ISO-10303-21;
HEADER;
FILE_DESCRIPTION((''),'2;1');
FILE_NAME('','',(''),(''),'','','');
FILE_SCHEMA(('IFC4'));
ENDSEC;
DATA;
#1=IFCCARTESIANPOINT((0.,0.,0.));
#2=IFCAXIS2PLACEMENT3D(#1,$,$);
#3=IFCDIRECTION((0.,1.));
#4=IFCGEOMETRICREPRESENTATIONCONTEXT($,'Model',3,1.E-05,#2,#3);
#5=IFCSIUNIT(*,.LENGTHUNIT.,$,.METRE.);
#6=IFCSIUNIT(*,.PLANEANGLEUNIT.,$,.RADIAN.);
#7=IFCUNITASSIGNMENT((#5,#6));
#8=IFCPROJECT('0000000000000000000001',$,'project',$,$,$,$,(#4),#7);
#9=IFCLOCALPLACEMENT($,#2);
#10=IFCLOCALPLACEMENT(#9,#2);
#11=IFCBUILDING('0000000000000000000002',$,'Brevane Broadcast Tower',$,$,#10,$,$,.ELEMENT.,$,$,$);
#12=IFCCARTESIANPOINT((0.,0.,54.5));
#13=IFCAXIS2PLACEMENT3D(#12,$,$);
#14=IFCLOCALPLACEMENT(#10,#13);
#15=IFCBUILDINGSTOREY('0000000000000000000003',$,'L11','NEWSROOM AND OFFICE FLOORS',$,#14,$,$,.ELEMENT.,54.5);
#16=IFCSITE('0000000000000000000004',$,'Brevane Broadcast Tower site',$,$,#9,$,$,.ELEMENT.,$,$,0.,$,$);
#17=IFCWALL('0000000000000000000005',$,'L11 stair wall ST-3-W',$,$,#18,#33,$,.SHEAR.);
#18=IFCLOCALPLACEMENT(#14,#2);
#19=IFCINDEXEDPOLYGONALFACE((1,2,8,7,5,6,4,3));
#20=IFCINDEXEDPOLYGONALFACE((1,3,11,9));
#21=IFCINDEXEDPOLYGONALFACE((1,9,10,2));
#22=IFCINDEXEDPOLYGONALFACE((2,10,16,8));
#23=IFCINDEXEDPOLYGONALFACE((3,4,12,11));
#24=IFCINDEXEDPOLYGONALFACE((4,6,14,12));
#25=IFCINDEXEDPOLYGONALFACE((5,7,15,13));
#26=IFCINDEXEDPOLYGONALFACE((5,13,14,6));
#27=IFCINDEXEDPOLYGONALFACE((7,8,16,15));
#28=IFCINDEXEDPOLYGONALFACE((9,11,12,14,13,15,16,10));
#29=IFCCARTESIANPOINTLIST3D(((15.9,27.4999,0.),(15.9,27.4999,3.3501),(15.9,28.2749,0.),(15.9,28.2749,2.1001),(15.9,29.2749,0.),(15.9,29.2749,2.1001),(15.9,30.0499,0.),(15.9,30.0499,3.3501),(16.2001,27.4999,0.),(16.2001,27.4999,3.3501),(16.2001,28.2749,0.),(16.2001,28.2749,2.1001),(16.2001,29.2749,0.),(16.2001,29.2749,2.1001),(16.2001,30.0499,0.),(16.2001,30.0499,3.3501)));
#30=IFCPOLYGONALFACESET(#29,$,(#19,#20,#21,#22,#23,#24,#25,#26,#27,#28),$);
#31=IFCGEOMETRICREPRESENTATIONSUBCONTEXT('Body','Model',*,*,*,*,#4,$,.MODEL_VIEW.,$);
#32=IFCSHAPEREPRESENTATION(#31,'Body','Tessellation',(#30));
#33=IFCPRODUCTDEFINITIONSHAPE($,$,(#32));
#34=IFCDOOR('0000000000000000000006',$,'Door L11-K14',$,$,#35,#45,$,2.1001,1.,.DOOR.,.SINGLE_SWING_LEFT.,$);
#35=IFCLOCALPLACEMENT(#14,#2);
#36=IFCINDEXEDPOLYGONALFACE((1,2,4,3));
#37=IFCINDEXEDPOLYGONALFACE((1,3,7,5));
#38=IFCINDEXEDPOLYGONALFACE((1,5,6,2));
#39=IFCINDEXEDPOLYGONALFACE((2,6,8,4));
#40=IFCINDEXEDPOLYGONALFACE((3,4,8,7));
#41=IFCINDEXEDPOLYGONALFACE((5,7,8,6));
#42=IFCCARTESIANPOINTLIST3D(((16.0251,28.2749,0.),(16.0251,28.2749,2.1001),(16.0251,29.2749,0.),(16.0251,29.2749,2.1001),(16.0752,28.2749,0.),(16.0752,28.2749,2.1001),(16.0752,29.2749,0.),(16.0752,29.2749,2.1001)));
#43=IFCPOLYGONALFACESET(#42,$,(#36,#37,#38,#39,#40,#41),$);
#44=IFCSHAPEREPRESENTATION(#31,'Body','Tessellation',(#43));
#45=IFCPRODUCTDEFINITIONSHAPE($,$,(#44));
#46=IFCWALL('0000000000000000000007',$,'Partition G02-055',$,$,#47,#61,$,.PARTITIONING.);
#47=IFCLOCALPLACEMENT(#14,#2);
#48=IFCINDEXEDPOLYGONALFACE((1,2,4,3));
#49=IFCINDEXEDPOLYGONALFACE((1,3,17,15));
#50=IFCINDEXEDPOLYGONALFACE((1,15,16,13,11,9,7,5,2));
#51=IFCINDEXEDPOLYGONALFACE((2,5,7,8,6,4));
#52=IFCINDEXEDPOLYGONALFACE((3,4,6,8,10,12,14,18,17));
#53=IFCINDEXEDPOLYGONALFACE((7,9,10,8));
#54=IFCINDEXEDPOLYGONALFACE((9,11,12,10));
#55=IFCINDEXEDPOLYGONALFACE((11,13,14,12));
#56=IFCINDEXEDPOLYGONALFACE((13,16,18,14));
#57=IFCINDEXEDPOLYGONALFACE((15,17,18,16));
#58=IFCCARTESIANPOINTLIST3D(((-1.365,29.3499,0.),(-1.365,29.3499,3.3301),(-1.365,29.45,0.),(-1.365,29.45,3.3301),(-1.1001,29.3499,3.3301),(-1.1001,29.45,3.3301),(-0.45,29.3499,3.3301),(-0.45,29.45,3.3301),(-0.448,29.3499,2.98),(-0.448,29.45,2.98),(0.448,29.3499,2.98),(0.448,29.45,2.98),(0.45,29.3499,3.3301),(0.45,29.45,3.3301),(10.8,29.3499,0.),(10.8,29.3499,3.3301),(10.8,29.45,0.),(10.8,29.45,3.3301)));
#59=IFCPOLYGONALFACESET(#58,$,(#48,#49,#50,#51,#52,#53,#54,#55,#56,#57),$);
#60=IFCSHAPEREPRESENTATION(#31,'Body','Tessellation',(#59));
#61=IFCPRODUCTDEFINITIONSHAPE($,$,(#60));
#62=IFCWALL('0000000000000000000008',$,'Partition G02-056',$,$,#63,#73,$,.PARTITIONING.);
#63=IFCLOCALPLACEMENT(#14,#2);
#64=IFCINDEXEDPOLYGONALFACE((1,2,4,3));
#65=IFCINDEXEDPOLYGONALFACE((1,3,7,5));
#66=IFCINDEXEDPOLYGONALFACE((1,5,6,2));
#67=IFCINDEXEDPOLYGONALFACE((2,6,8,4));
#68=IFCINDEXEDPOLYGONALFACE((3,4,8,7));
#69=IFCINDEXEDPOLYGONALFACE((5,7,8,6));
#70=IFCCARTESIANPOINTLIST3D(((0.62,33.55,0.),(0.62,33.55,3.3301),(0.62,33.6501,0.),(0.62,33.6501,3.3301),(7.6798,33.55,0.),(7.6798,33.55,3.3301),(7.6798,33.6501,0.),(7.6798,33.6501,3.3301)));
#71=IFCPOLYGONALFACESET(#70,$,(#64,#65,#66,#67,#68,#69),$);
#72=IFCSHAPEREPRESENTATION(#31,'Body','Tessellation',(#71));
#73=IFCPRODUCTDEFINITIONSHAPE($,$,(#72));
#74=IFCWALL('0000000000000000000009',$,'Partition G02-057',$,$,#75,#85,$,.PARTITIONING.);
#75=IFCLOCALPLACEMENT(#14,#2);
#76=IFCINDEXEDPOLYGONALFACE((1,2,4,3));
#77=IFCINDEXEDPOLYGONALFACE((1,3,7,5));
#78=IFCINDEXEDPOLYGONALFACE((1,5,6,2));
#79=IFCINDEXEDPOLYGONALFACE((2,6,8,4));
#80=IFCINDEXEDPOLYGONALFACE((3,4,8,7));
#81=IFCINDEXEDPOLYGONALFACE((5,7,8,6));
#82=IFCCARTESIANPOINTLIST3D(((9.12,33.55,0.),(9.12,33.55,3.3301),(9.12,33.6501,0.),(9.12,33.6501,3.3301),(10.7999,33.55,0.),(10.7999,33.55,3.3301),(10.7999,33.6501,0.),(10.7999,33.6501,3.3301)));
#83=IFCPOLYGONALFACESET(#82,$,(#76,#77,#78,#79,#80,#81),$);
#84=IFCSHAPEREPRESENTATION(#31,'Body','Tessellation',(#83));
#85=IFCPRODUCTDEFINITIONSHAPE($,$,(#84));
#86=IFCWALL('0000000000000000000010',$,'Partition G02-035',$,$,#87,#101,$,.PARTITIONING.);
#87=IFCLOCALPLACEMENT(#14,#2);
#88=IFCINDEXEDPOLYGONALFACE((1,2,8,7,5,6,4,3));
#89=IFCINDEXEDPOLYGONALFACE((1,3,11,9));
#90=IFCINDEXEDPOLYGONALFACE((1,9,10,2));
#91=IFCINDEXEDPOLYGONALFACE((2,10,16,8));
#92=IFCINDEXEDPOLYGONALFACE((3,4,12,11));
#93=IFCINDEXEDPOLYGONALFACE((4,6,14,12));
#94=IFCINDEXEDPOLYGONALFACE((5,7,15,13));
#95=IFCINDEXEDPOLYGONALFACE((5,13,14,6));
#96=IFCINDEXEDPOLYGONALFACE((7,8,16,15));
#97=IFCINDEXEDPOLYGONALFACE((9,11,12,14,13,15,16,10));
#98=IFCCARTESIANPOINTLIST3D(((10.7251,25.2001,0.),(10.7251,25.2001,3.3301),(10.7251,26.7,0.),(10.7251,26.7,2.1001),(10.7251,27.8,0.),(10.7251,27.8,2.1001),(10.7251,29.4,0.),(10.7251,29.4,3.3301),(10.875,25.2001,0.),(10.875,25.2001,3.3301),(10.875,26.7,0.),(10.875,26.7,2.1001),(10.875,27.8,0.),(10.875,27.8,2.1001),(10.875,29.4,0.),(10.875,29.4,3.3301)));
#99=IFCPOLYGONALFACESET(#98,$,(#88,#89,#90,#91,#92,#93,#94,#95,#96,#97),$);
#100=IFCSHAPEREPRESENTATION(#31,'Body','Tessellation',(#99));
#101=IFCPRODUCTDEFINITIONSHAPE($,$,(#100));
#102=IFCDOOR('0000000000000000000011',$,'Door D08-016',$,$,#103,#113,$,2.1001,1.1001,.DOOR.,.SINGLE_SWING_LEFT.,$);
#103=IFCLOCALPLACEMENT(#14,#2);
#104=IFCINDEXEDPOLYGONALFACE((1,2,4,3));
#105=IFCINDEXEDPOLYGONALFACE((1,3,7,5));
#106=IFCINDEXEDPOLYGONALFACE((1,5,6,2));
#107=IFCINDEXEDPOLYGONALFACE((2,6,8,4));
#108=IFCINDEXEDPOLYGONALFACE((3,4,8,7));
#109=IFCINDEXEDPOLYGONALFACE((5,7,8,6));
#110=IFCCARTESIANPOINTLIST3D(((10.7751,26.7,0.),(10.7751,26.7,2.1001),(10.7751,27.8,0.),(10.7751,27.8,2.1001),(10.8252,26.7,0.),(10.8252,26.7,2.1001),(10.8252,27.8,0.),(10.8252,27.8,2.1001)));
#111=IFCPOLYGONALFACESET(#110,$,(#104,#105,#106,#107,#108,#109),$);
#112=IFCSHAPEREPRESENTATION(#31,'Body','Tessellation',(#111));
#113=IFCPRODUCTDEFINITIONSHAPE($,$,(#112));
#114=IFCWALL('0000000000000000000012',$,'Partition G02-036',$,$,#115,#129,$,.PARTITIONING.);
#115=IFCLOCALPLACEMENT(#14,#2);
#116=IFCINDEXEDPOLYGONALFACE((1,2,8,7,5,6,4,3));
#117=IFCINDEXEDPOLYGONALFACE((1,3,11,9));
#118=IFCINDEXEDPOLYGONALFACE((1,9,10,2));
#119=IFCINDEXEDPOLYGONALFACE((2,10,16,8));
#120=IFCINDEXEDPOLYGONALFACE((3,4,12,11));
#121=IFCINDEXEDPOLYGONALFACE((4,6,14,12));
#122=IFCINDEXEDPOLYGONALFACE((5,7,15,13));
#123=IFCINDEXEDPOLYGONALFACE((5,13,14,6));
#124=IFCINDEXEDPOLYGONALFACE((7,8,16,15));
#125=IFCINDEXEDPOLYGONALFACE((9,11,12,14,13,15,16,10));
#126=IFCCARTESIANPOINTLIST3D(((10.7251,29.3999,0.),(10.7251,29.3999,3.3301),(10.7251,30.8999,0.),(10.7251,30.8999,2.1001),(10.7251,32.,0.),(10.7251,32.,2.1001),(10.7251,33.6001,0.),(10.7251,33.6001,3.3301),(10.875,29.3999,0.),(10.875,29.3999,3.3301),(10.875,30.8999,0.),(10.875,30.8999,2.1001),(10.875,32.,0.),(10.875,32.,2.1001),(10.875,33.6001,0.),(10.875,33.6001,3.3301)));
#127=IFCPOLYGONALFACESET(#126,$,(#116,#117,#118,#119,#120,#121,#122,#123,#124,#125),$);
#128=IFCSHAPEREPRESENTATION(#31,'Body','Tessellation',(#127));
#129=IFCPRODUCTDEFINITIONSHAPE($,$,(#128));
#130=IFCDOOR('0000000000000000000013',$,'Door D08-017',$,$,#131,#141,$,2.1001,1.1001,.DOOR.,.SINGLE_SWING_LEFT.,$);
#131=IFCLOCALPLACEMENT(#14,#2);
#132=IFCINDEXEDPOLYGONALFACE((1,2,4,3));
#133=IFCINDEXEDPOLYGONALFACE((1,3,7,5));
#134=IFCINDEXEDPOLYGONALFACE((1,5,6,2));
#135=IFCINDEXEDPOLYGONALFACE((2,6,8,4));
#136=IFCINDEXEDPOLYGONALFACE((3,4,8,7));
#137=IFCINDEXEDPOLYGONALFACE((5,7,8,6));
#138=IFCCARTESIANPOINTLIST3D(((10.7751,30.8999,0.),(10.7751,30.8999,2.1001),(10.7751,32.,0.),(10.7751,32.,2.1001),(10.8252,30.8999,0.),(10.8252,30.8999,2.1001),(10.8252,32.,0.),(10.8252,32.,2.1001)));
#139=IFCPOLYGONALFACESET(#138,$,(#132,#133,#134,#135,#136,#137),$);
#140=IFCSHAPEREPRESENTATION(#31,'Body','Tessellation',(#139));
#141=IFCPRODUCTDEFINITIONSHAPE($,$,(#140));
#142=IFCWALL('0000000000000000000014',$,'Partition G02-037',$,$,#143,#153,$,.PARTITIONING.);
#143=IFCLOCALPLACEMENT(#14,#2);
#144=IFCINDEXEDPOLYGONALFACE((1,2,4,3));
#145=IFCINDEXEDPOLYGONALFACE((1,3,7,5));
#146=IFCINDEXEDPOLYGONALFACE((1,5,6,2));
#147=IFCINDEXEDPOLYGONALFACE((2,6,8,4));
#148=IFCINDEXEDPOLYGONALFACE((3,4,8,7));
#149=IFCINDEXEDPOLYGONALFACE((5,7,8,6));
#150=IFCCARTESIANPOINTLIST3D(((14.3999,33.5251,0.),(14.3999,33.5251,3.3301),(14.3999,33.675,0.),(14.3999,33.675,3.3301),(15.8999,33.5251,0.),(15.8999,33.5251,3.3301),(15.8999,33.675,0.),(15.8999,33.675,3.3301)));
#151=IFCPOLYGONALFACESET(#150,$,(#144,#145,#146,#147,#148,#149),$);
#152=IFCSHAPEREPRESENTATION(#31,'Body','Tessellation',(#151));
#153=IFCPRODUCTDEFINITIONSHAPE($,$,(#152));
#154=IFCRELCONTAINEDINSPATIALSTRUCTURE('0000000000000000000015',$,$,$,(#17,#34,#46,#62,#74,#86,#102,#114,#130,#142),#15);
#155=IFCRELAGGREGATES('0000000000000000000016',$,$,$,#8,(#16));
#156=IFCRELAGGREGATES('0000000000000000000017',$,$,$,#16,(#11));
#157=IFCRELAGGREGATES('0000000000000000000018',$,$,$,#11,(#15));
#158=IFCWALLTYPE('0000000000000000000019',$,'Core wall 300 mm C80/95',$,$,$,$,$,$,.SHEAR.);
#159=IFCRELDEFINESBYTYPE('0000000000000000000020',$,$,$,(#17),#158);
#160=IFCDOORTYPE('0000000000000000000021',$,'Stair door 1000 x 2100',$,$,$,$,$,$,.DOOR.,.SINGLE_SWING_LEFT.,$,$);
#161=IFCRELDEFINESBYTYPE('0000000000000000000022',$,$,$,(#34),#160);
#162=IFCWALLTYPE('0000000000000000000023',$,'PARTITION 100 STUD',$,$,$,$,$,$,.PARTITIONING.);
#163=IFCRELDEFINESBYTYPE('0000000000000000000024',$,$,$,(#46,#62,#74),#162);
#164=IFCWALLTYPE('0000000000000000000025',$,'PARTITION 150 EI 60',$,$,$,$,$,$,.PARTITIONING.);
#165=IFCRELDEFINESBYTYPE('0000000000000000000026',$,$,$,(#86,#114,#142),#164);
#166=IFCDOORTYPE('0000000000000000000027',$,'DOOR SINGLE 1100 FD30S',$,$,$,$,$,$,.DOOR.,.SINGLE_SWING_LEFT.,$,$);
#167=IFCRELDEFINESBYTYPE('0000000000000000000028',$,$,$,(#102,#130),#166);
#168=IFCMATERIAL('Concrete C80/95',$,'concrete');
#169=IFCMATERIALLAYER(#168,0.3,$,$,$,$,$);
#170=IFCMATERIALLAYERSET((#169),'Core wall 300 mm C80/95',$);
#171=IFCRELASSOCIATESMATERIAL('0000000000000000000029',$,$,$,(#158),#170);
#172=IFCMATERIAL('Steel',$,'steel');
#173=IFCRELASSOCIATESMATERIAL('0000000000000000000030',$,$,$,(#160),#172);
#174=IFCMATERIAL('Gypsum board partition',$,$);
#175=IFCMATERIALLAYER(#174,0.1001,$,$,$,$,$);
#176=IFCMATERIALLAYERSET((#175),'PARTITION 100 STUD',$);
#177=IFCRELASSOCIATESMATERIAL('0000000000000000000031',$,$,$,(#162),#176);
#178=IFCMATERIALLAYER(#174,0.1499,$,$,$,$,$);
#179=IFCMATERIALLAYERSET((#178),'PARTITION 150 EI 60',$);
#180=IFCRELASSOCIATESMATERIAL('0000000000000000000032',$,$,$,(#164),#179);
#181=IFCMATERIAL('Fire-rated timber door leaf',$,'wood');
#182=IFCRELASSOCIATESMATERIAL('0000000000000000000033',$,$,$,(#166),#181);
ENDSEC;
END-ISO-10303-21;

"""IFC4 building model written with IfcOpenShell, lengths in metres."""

from ifc_helpers import new_model, si_unit, direction, frame, frame_2d, origin, place, context, subcontext, project, spatial, polyline, rectangle, outline, extrude, material, layer, layer_set, type_object, element, fill, save


model = new_model("IFC4")

# Units and contexts
model_context = context("Model", 3, precision=1e-05, world=origin(), true_north=direction((0.0, 1.0)))
body_context = subcontext(model_context, "Body", "Model", "MODEL_VIEW")
ifc_project = project(units=[si_unit("LENGTHUNIT", "METRE"), si_unit("PLANEANGLEUNIT", "RADIAN")], contexts=[model_context])

# Site, building, storey
site_placement = place(None, origin())
site = spatial("IfcSite", under=ifc_project, at=site_placement, Name="Brevane Broadcast Tower site", CompositionType="ELEMENT", RefElevation=0.0)
building_placement = place(site_placement, origin())
building = spatial("IfcBuilding", under=site, at=building_placement, Name="Brevane Broadcast Tower", CompositionType="ELEMENT")
storey_placement = place(building_placement, frame((0.0, 0.0, 54.5)))
storey = spatial("IfcBuildingStorey", under=building, at=storey_placement, Name="L11", Description="NEWSROOM AND OFFICE FLOORS", CompositionType="ELEMENT", Elevation=54.5)

# Shared definitions
ifc_material_1 = material(Name="Concrete C80/95", Category="concrete")

# Shared definitions
ifc_layer_1 = layer(ifc_material_1, 0.3)
ifc_layer_set_1 = layer_set([ifc_layer_1], Name="Core wall 300 mm C80/95")
wall_type_1 = type_object("IfcWallType", Name="Core wall 300 mm C80/95", PredefinedType="SHEAR", material=ifc_layer_set_1)
ifc_material_2 = material(Name="Steel", Category="steel")
door_type_1 = type_object("IfcDoorType", Name="Stair door 1000 x 2100", OperationType="SINGLE_SWING_LEFT", PredefinedType="DOOR", material=ifc_material_2)

# Wall, opening, door
wall_1_placement = place(storey_placement, frame((16.05, 27.5, 0.0), z_axis=(0.0, 0.0, 1.0), x_axis=(0.0, 1.0, 0.0)))
wall_1 = element("IfcWall", 1, at=wall_1_placement, inside=storey, type_object=wall_type_1, Name="L11 stair wall ST-3-W", PredefinedType="SHEAR", context=body_context, shape_type="SweptSolid", body=[
    extrude(rectangle(XDim=2.55, YDim=0.3, at=frame_2d((1.2749, 0.0))), origin(), (0.0, 0.0, 1.0), 3.3501),
])
opening_1_placement = place(wall_1_placement, frame((0.7749, 0.0, 0.0)))
opening_1 = element("IfcOpeningElement", 2, at=opening_1_placement, cuts=wall_1, PredefinedType="OPENING", context=body_context, shape_type="SweptSolid", body=[
    extrude(rectangle(XDim=1.0, YDim=2.1001, at=frame_2d((0.5, 1.05))), frame((0.0, 0.1599, 0.0), z_axis=(0.0, -1.0, 0.0), x_axis=(1.0, 0.0, 0.0)), (0.0, 0.0, 1.0), 0.3201),
])
door_1_placement = place(opening_1_placement, origin())
door_1 = element("IfcDoor", 3, at=door_1_placement, inside=storey, type_object=door_type_1, Name="Door L11-K14", OperationType="SINGLE_SWING_LEFT", OverallHeight=2.1001, OverallWidth=1.0, PredefinedType="DOOR", context=body_context, shape_type="SweptSolid", body=[
    extrude(rectangle(XDim=1.0, YDim=2.1001, at=frame_2d((0.5, 1.05))), frame((0.0, 0.0249, 0.0), z_axis=(0.0, -1.0, 0.0), x_axis=(1.0, 0.0, 0.0)), (0.0, 0.0, 1.0), 0.05),
])
fill(opening_1, door_1)

# Walls
ifc_material_3 = material(Name="Gypsum board partition")
ifc_layer_2 = layer(ifc_material_3, 0.1001)
ifc_layer_set_2 = layer_set([ifc_layer_2], Name="PARTITION 100 STUD")
wall_type_2 = type_object("IfcWallType", Name="PARTITION 100 STUD", PredefinedType="PARTITIONING", material=ifc_layer_set_2)
wall_2_placement = place(storey_placement, frame((-1.365, 29.3999, 0.0), z_axis=(0.0, 0.0, 1.0), x_axis=(1.0, 0.0, 0.0)))
element("IfcWall", 4, at=wall_2_placement, inside=storey, type_object=wall_type_2, Name="Partition G02-055", PredefinedType="PARTITIONING", context=body_context, shape_type="SweptSolid", body=[
    extrude(outline(polyline([(0.0, 0.0), (12.165, 0.0), (12.165, 3.3301), (1.8149, 3.3301), (1.813, 2.98), (0.917, 2.98), (0.915, 3.3301), (0.2649, 3.3301), (0.0, 3.3301), (0.0, 0.0)])), frame((0.0, 0.05, 0.0), z_axis=(0.0, -1.0, 0.0), x_axis=(1.0, 0.0, 0.0)), (0.0, 0.0, 1.0), 0.1001),
])
wall_3_placement = place(storey_placement, frame((0.6201, 33.6001, 0.0), z_axis=(0.0, 0.0, 1.0), x_axis=(1.0, 0.0, 0.0)))
element("IfcWall", 5, at=wall_3_placement, inside=storey, type_object=wall_type_2, Name="Partition G02-056", PredefinedType="PARTITIONING", context=body_context, shape_type="SweptSolid", body=[
    extrude(rectangle(XDim=7.0598, YDim=0.1001, at=frame_2d((3.5298, 0.0))), origin(), (0.0, 0.0, 1.0), 3.3301),
])
wall_4_placement = place(storey_placement, frame((9.1201, 33.6001, 0.0), z_axis=(0.0, 0.0, 1.0), x_axis=(1.0, 0.0, 0.0)))
element("IfcWall", 6, at=wall_4_placement, inside=storey, type_object=wall_type_2, Name="Partition G02-057", PredefinedType="PARTITIONING", context=body_context, shape_type="SweptSolid", body=[
    extrude(rectangle(XDim=1.6799, YDim=0.1001, at=frame_2d((0.8398, 0.0))), origin(), (0.0, 0.0, 1.0), 3.3301),
])

# Walls, openings, doors
ifc_layer_3 = layer(ifc_material_3, 0.1499)
ifc_layer_set_3 = layer_set([ifc_layer_3], Name="PARTITION 150 EI 60")
wall_type_3 = type_object("IfcWallType", Name="PARTITION 150 EI 60", PredefinedType="PARTITIONING", material=ifc_layer_set_3)
wall_5_placement = place(storey_placement, frame((10.8, 25.2, 0.0), z_axis=(0.0, 0.0, 1.0), x_axis=(0.0, 1.0, 0.0)))
wall_5 = element("IfcWall", 7, at=wall_5_placement, inside=storey, type_object=wall_type_3, Name="Partition G02-035", PredefinedType="PARTITIONING", context=body_context, shape_type="SweptSolid", body=[
    extrude(rectangle(XDim=4.2, YDim=0.1499, at=frame_2d((2.1001, 0.0))), origin(), (0.0, 0.0, 1.0), 3.3301),
])
opening_2_placement = place(wall_5_placement, frame((1.5, 0.0, 0.0)))
opening_2 = element("IfcOpeningElement", 8, at=opening_2_placement, cuts=wall_5, PredefinedType="OPENING", context=body_context, shape_type="SweptSolid", body=[
    extrude(rectangle(XDim=1.1001, YDim=2.1001, at=frame_2d((0.55, 1.05))), frame((0.0, 0.085, 0.0), z_axis=(0.0, -1.0, 0.0), x_axis=(1.0, 0.0, 0.0)), (0.0, 0.0, 1.0), 0.1699),
])
ifc_material_4 = material(Name="Fire-rated timber door leaf", Category="wood")
door_type_2 = type_object("IfcDoorType", Name="DOOR SINGLE 1100 FD30S", OperationType="SINGLE_SWING_LEFT", PredefinedType="DOOR", material=ifc_material_4)
door_2_placement = place(opening_2_placement, origin())
door_2 = element("IfcDoor", 9, at=door_2_placement, inside=storey, type_object=door_type_2, Name="Door D08-016", OperationType="SINGLE_SWING_LEFT", OverallHeight=2.1001, OverallWidth=1.1001, PredefinedType="DOOR", context=body_context, shape_type="SweptSolid", body=[
    extrude(rectangle(XDim=1.1001, YDim=2.1001, at=frame_2d((0.55, 1.05))), frame((0.0, 0.0249, 0.0), z_axis=(0.0, -1.0, 0.0), x_axis=(1.0, 0.0, 0.0)), (0.0, 0.0, 1.0), 0.05),
])
fill(opening_2, door_2)
wall_6_placement = place(storey_placement, frame((10.8, 29.3999, 0.0), z_axis=(0.0, 0.0, 1.0), x_axis=(0.0, 1.0, 0.0)))
wall_6 = element("IfcWall", 10, at=wall_6_placement, inside=storey, type_object=wall_type_3, Name="Partition G02-036", PredefinedType="PARTITIONING", context=body_context, shape_type="SweptSolid", body=[
    extrude(rectangle(XDim=4.2002, YDim=0.1499, at=frame_2d((2.1001, 0.0))), origin(), (0.0, 0.0, 1.0), 3.3301),
])
opening_3_placement = place(wall_6_placement, frame((1.5, 0.0, 0.0)))
opening_3 = element("IfcOpeningElement", 11, at=opening_3_placement, cuts=wall_6, PredefinedType="OPENING", context=body_context, shape_type="SweptSolid", body=[
    extrude(rectangle(XDim=1.1001, YDim=2.1001, at=frame_2d((0.55, 1.05))), frame((0.0, 0.085, 0.0), z_axis=(0.0, -1.0, 0.0), x_axis=(1.0, 0.0, 0.0)), (0.0, 0.0, 1.0), 0.1699),
])
door_3_placement = place(opening_3_placement, origin())
door_3 = element("IfcDoor", 12, at=door_3_placement, inside=storey, type_object=door_type_2, Name="Door D08-017", OperationType="SINGLE_SWING_LEFT", OverallHeight=2.1001, OverallWidth=1.1001, PredefinedType="DOOR", context=body_context, shape_type="SweptSolid", body=[
    extrude(rectangle(XDim=1.1001, YDim=2.1001, at=frame_2d((0.55, 1.05))), frame((0.0, 0.0249, 0.0), z_axis=(0.0, -1.0, 0.0), x_axis=(1.0, 0.0, 0.0)), (0.0, 0.0, 1.0), 0.05),
])
fill(opening_3, door_3)

# Wall
wall_7_placement = place(storey_placement, frame((14.3999, 33.6001, 0.0), z_axis=(0.0, 0.0, 1.0), x_axis=(1.0, 0.0, 0.0)))
element("IfcWall", 13, at=wall_7_placement, inside=storey, type_object=wall_type_3, Name="Partition G02-037", PredefinedType="PARTITIONING", context=body_context, shape_type="SweptSolid", body=[
    extrude(rectangle(XDim=1.5, YDim=0.1499, at=frame_2d((0.75, 0.0))), origin(), (0.0, 0.0, 1.0), 3.3301),
])

save(model, "model.ifc")
